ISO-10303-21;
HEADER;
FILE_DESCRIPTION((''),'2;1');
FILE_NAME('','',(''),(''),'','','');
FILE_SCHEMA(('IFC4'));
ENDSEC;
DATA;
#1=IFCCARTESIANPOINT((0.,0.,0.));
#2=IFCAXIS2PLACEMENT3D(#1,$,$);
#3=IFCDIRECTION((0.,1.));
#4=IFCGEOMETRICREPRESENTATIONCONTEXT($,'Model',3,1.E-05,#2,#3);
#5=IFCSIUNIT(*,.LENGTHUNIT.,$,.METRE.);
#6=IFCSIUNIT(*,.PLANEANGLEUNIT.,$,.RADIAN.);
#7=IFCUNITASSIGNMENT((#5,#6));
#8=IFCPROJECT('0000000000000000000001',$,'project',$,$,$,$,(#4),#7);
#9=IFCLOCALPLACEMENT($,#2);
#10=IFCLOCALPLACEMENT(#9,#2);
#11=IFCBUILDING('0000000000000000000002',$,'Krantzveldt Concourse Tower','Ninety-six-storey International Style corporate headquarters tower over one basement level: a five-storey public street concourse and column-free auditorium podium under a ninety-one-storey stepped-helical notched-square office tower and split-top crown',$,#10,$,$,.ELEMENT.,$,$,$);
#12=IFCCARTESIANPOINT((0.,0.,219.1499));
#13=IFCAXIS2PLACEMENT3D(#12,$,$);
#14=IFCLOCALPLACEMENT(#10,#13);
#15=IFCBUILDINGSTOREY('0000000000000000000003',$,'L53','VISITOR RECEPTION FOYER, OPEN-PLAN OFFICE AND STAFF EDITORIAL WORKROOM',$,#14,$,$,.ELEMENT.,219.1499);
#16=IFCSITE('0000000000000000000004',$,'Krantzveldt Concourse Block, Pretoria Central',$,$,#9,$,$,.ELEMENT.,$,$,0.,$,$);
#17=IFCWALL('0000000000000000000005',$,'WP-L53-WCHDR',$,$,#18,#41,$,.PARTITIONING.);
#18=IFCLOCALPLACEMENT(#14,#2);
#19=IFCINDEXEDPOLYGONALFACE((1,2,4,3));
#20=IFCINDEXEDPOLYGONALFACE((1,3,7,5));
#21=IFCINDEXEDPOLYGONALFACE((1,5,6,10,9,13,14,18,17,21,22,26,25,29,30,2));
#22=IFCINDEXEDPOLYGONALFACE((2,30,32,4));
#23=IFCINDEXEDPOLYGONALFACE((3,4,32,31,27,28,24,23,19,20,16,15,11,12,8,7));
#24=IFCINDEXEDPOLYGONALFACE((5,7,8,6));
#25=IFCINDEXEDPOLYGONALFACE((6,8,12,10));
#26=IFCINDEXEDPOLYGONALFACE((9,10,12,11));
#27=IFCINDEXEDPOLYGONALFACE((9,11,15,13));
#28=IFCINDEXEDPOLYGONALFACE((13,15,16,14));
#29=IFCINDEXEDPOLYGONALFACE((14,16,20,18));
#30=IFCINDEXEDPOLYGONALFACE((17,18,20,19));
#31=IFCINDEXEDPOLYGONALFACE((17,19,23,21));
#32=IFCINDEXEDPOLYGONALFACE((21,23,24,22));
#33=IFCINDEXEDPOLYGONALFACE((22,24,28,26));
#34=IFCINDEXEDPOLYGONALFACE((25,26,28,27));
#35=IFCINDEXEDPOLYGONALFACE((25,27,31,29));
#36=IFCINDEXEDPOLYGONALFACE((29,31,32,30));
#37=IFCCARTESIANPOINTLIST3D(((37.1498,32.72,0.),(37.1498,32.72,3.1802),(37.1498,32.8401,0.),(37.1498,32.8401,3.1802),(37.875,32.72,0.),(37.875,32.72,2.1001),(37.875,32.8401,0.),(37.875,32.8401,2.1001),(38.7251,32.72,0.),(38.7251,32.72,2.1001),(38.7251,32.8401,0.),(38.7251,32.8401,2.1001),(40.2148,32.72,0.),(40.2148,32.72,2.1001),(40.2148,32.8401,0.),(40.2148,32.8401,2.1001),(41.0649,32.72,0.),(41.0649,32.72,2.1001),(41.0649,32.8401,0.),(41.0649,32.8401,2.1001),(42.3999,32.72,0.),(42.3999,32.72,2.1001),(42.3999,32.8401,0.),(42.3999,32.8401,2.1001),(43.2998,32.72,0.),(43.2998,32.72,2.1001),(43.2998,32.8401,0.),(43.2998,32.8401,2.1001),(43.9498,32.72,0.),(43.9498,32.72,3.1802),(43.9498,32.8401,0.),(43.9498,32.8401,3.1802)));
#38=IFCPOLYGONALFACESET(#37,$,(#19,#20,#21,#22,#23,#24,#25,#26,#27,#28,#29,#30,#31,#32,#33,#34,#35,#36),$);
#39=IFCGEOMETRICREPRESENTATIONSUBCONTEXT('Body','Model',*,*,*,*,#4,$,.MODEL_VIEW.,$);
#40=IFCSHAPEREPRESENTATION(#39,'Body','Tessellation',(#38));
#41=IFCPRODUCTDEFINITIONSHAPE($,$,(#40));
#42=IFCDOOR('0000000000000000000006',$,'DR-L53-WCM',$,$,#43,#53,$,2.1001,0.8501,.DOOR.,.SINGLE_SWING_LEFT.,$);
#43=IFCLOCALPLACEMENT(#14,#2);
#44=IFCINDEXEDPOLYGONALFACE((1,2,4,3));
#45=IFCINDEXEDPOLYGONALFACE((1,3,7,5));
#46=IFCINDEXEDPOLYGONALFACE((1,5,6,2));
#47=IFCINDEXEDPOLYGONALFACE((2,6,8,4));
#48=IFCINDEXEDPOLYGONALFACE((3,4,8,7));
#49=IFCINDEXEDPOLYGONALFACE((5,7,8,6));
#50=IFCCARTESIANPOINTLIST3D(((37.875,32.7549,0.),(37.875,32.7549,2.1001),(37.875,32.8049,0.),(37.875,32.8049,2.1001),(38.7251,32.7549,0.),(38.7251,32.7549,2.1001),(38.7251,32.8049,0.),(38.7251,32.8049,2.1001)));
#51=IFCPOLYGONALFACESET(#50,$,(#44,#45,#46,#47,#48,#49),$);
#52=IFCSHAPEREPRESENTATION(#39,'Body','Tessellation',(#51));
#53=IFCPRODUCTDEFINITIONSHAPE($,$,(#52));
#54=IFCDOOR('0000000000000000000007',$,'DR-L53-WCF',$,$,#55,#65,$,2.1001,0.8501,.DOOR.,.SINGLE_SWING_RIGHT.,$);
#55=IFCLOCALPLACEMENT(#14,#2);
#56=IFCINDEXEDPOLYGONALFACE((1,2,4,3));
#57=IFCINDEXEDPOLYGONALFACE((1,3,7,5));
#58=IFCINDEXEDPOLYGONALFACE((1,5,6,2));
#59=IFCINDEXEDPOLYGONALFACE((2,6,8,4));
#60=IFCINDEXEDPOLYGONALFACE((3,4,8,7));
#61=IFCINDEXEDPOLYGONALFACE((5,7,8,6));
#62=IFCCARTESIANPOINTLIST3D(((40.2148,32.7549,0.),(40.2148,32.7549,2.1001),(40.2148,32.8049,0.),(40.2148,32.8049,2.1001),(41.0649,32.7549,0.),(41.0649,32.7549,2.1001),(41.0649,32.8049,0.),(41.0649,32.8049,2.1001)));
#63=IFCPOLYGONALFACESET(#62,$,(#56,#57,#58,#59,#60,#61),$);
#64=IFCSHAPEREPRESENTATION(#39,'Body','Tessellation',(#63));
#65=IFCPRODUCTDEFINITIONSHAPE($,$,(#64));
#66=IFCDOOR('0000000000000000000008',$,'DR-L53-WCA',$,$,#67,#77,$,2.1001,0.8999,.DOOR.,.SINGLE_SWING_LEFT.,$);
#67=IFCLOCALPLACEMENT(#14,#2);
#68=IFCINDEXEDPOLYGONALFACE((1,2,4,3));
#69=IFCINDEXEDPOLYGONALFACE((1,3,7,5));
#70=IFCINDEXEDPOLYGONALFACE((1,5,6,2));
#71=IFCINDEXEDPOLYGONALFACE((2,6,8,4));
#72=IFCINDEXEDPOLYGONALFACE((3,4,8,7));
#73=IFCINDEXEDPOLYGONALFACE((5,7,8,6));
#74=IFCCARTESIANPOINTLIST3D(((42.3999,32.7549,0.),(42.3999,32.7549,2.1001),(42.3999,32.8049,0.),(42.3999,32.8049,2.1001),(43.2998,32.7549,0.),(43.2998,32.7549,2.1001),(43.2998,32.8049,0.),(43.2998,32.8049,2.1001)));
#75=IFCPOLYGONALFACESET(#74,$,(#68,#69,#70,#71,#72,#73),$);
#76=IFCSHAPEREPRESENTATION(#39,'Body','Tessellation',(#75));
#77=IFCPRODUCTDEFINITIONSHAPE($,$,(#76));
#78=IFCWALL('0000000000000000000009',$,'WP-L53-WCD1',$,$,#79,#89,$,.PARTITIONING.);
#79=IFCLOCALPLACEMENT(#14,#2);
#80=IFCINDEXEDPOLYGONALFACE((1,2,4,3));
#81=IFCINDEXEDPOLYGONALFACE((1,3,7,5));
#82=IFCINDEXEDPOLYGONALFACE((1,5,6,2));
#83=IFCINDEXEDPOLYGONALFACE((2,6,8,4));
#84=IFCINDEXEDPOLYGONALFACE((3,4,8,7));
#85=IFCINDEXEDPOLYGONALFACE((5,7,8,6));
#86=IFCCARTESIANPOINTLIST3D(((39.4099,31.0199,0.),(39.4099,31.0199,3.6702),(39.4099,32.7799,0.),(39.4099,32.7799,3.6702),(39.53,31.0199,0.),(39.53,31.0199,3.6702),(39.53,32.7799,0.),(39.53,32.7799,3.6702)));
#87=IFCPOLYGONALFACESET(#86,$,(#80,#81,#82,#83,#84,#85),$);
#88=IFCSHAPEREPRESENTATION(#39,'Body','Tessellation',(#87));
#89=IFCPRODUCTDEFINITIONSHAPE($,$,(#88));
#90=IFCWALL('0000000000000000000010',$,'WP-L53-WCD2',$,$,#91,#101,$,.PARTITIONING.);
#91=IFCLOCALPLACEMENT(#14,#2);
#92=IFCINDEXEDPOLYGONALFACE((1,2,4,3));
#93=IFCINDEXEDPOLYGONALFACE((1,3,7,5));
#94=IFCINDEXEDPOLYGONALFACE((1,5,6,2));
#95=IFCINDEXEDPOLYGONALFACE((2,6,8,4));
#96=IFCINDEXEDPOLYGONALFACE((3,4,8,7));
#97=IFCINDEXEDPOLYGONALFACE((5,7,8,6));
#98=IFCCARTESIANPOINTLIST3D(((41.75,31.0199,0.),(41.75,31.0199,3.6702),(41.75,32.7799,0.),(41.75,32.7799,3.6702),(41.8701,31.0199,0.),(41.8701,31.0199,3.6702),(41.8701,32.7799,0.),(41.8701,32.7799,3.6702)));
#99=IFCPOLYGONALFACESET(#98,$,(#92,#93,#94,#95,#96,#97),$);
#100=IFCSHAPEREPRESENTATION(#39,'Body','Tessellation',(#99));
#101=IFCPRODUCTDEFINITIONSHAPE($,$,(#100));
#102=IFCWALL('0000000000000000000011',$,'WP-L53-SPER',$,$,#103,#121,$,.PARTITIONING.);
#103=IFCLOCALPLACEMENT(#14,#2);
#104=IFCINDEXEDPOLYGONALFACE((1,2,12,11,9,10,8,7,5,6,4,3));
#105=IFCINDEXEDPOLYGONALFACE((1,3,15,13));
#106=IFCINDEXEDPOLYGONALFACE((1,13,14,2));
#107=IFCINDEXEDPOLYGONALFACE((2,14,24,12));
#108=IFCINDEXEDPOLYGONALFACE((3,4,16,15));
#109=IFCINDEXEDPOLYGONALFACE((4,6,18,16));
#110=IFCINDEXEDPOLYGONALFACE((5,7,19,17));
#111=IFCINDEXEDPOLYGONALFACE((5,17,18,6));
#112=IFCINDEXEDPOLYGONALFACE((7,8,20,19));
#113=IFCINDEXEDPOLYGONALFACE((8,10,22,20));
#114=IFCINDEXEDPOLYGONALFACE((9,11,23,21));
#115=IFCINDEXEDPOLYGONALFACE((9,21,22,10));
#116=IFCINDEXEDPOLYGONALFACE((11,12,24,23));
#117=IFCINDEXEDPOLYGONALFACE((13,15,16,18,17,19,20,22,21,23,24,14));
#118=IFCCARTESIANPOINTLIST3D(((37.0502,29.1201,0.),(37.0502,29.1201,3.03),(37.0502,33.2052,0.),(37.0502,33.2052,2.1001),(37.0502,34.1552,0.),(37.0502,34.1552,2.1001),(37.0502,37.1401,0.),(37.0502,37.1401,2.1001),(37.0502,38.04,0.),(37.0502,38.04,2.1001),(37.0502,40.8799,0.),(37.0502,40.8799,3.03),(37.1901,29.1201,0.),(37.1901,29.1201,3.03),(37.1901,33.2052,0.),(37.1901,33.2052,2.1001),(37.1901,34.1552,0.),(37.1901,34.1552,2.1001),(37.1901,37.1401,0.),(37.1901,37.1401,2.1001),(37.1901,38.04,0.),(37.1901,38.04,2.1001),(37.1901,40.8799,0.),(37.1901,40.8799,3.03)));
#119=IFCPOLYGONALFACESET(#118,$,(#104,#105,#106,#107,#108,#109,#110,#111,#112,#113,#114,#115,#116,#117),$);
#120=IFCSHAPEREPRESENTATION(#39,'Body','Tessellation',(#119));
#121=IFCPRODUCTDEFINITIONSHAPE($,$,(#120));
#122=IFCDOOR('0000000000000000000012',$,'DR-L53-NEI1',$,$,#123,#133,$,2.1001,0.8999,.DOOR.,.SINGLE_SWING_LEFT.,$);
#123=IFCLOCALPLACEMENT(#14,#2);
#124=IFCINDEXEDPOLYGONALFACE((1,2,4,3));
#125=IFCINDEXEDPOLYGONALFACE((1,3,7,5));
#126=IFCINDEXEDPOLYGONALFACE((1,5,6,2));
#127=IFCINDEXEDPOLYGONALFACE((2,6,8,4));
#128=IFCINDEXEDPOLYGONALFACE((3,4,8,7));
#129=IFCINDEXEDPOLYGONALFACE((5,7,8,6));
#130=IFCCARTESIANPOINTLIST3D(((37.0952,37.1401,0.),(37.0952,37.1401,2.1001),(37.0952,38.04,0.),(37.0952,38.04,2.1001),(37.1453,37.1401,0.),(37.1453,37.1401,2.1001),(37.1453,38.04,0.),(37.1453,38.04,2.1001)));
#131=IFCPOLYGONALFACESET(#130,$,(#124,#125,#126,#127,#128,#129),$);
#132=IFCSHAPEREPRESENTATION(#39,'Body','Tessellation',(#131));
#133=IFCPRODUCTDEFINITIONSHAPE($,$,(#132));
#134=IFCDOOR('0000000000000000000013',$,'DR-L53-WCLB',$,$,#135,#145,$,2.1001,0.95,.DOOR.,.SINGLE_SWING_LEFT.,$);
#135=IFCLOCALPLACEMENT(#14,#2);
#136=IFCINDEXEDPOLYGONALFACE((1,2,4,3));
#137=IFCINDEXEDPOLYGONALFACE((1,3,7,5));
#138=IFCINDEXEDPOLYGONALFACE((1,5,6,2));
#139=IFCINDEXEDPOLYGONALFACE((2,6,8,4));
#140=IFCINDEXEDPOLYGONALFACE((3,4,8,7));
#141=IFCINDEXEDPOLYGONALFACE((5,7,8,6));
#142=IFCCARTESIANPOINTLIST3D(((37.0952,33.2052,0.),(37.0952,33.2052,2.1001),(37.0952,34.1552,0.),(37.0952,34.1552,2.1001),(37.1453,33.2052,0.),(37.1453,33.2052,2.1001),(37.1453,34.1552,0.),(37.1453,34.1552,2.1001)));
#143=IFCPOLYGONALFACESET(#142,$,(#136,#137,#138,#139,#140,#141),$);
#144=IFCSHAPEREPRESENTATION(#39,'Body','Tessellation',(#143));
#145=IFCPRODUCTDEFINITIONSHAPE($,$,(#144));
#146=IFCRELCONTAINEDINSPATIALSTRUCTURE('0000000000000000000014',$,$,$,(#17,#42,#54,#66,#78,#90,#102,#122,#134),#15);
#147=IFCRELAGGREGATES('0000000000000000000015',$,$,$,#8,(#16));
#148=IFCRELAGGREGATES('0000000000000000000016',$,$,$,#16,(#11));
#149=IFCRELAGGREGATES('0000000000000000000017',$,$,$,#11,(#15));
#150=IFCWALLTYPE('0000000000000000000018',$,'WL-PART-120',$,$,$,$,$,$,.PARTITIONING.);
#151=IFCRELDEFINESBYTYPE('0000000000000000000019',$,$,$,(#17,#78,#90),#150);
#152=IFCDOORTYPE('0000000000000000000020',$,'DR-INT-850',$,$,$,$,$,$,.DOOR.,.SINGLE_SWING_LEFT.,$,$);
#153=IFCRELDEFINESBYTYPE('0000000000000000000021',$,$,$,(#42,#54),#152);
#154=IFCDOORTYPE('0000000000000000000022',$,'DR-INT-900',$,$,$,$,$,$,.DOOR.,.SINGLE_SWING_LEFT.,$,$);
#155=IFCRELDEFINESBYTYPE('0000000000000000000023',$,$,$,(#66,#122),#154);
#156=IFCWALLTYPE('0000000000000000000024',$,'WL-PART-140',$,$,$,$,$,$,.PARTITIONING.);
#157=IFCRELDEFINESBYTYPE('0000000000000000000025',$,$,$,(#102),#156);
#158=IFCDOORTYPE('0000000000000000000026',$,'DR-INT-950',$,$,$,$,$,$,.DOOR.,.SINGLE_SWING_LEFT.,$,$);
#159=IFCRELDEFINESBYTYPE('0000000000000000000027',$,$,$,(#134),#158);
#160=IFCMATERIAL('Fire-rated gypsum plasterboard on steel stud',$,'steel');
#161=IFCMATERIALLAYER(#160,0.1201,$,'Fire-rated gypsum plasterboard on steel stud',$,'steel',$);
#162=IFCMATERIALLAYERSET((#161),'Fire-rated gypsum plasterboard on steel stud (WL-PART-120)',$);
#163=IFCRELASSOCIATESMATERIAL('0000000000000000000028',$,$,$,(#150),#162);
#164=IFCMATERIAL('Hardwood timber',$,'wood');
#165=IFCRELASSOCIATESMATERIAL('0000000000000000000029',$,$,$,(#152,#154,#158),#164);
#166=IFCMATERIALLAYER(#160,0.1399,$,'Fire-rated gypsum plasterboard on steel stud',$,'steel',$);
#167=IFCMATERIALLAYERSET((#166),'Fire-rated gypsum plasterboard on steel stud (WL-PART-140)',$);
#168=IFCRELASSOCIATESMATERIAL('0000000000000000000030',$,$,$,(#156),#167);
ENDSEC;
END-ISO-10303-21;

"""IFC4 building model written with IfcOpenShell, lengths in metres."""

from ifc_helpers import new_model, si_unit, direction, frame, frame_2d, origin, place, context, subcontext, project, spatial, rectangle, extrude, material, layer, layer_set, type_object, element, fill, save


model = new_model("IFC4")

# Units and contexts
model_context = context("Model", 3, precision=1e-05, world=origin(), true_north=direction((0.0, 1.0)))
body_context = subcontext(model_context, "Body", "Model", "MODEL_VIEW")
ifc_project = project(units=[si_unit("LENGTHUNIT", "METRE"), si_unit("PLANEANGLEUNIT", "RADIAN")], contexts=[model_context])

# Site, building, storey
site_placement = place(None, origin())
site = spatial("IfcSite", under=ifc_project, at=site_placement, Name="Krantzveldt Concourse Block, Pretoria Central", CompositionType="ELEMENT", RefElevation=0.0)
building_placement = place(site_placement, origin())
building = spatial("IfcBuilding", under=site, at=building_placement, Name="Krantzveldt Concourse Tower", Description="Ninety-six-storey International Style corporate headquarters tower over one basement level: a five-storey public street concourse and column-free auditorium podium under a ninety-one-storey stepped-helical notched-square office tower and split-top crown", CompositionType="ELEMENT")
storey_placement = place(building_placement, frame((0.0, 0.0, 219.1499)))
storey = spatial("IfcBuildingStorey", under=building, at=storey_placement, Name="L53", Description="VISITOR RECEPTION FOYER, OPEN-PLAN OFFICE AND STAFF EDITORIAL WORKROOM", CompositionType="ELEMENT", Elevation=219.1499)

# Shared definitions
ifc_material_1 = material(Name="Fire-rated gypsum plasterboard on steel stud", Category="steel")
ifc_layer_1 = layer(ifc_material_1, 0.1201, Name="Fire-rated gypsum plasterboard on steel stud", Category="steel")
ifc_layer_set_1 = layer_set([ifc_layer_1], Name="Fire-rated gypsum plasterboard on steel stud (WL-PART-120)")
wall_type_1 = type_object("IfcWallType", Name="WL-PART-120", PredefinedType="PARTITIONING", material=ifc_layer_set_1)

# Wall, openings, doors
wall_1_placement = place(storey_placement, frame((37.1499, 32.78, 0.0), z_axis=(0.0, 0.0, 1.0), x_axis=(1.0, 0.0, 0.0)))
wall_1 = element("IfcWall", 1, at=wall_1_placement, inside=storey, type_object=wall_type_1, Name="WP-L53-WCHDR", PredefinedType="PARTITIONING", context=body_context, shape_type="SweptSolid", body=[
    extrude(rectangle(XDim=6.8, YDim=0.1201, at=frame_2d((3.3999, 0.0))), origin(), (0.0, 0.0, 1.0), 3.1802),
])
opening_1_placement = place(wall_1_placement, frame((0.7251, 0.0, 0.0)))
opening_1 = element("IfcOpeningElement", 2, at=opening_1_placement, cuts=wall_1, PredefinedType="OPENING", context=body_context, shape_type="SweptSolid", body=[
    extrude(rectangle(XDim=0.8501, YDim=2.1001, at=frame_2d((0.425, 1.05))), frame((0.0, 0.0701, 0.0), z_axis=(0.0, -1.0, 0.0), x_axis=(1.0, 0.0, 0.0)), (0.0, 0.0, 1.0), 0.1401),
])
opening_2_placement = place(wall_1_placement, frame((3.0649, 0.0, 0.0)))
opening_2 = element("IfcOpeningElement", 3, at=opening_2_placement, cuts=wall_1, PredefinedType="OPENING", context=body_context, shape_type="SweptSolid", body=[
    extrude(rectangle(XDim=0.8501, YDim=2.1001, at=frame_2d((0.425, 1.05))), frame((0.0, 0.0701, 0.0), z_axis=(0.0, -1.0, 0.0), x_axis=(1.0, 0.0, 0.0)), (0.0, 0.0, 1.0), 0.1401),
])
opening_3_placement = place(wall_1_placement, frame((5.25, 0.0, 0.0)))
opening_3 = element("IfcOpeningElement", 4, at=opening_3_placement, cuts=wall_1, PredefinedType="OPENING", context=body_context, shape_type="SweptSolid", body=[
    extrude(rectangle(XDim=0.8999, YDim=2.1001, at=frame_2d((0.45, 1.05))), frame((0.0, 0.0701, 0.0), z_axis=(0.0, -1.0, 0.0), x_axis=(1.0, 0.0, 0.0)), (0.0, 0.0, 1.0), 0.1401),
])
ifc_material_2 = material(Name="Hardwood timber", Category="wood")
door_type_1 = type_object("IfcDoorType", Name="DR-INT-850", OperationType="SINGLE_SWING_LEFT", PredefinedType="DOOR", material=ifc_material_2)
door_1_placement = place(opening_1_placement, origin())
door_1 = element("IfcDoor", 5, at=door_1_placement, inside=storey, type_object=door_type_1, Name="DR-L53-WCM", OperationType="SINGLE_SWING_LEFT", OverallHeight=2.1001, OverallWidth=0.8501, PredefinedType="DOOR", context=body_context, shape_type="SweptSolid", body=[
    extrude(rectangle(XDim=0.8501, YDim=2.1001, at=frame_2d((0.425, 1.05))), frame((0.0, 0.0249, 0.0), z_axis=(0.0, -1.0, 0.0), x_axis=(1.0, 0.0, 0.0)), (0.0, 0.0, 1.0), 0.05),
])
fill(opening_1, door_1)
door_2_placement = place(opening_2_placement, origin())
door_2 = element("IfcDoor", 6, at=door_2_placement, inside=storey, type_object=door_type_1, Name="DR-L53-WCF", OperationType="SINGLE_SWING_RIGHT", OverallHeight=2.1001, OverallWidth=0.8501, PredefinedType="DOOR", context=body_context, shape_type="SweptSolid", body=[
    extrude(rectangle(XDim=0.8501, YDim=2.1001, at=frame_2d((0.425, 1.05))), frame((0.0, 0.0249, 0.0), z_axis=(0.0, -1.0, 0.0), x_axis=(1.0, 0.0, 0.0)), (0.0, 0.0, 1.0), 0.05),
])
fill(opening_2, door_2)
door_type_2 = type_object("IfcDoorType", Name="DR-INT-900", OperationType="SINGLE_SWING_LEFT", PredefinedType="DOOR", material=ifc_material_2)
door_3_placement = place(opening_3_placement, origin())
door_3 = element("IfcDoor", 7, at=door_3_placement, inside=storey, type_object=door_type_2, Name="DR-L53-WCA", OperationType="SINGLE_SWING_LEFT", OverallHeight=2.1001, OverallWidth=0.8999, PredefinedType="DOOR", context=body_context, shape_type="SweptSolid", body=[
    extrude(rectangle(XDim=0.8999, YDim=2.1001, at=frame_2d((0.45, 1.05))), frame((0.0, 0.0249, 0.0), z_axis=(0.0, -1.0, 0.0), x_axis=(1.0, 0.0, 0.0)), (0.0, 0.0, 1.0), 0.05),
])
fill(opening_3, door_3)

# Walls
for number, where, z_axis, x_axis, name in (
    (8, (39.47, 31.02, 0.0), (0.0, 0.0, 1.0), (0.0, 1.0, 0.0), "WP-L53-WCD1"),
    (9, (41.8101, 31.02, 0.0), (0.0, 0.0, 1.0), (0.0, 1.0, 0.0), "WP-L53-WCD2"),
):
    element("IfcWall", number, at=place(storey_placement, frame(where, z_axis=z_axis, x_axis=x_axis)), inside=storey, type_object=wall_type_1, Name=name, PredefinedType="PARTITIONING", context=body_context, shape_type="SweptSolid", body=[
        extrude(rectangle(XDim=1.76, YDim=0.1201, at=frame_2d((0.8799, 0.0))), origin(), (0.0, 0.0, 1.0), 3.6702),
    ])

# Wall, openings, doors
ifc_layer_2 = layer(ifc_material_1, 0.1399, Name="Fire-rated gypsum plasterboard on steel stud", Category="steel")
ifc_layer_set_2 = layer_set([ifc_layer_2], Name="Fire-rated gypsum plasterboard on steel stud (WL-PART-140)")
wall_type_2 = type_object("IfcWallType", Name="WL-PART-140", PredefinedType="PARTITIONING", material=ifc_layer_set_2)
wall_2_placement = place(storey_placement, frame((37.1201, 29.1201, 0.0), z_axis=(0.0, 0.0, 1.0), x_axis=(0.0, 1.0, 0.0)))
wall_2 = element("IfcWall", 10, at=wall_2_placement, inside=storey, type_object=wall_type_2, Name="WP-L53-SPER", PredefinedType="PARTITIONING", context=body_context, shape_type="SweptSolid", body=[
    extrude(rectangle(XDim=11.7598, YDim=0.1399, at=frame_2d((5.8799, 0.0))), origin(), (0.0, 0.0, 1.0), 3.03),
])
opening_4_placement = place(wall_2_placement, frame((4.085, 0.0, 0.0)))
opening_4 = element("IfcOpeningElement", 11, at=opening_4_placement, cuts=wall_2, PredefinedType="OPENING", context=body_context, shape_type="SweptSolid", body=[
    extrude(rectangle(XDim=0.95, YDim=2.1001, at=frame_2d((0.4751, 1.05))), frame((0.0, 0.0801, 0.0), z_axis=(0.0, -1.0, 0.0), x_axis=(1.0, 0.0, 0.0)), (0.0, 0.0, 1.0), 0.1599),
])
opening_5_placement = place(wall_2_placement, frame((8.02, 0.0, 0.0)))
opening_5 = element("IfcOpeningElement", 12, at=opening_5_placement, cuts=wall_2, PredefinedType="OPENING", context=body_context, shape_type="SweptSolid", body=[
    extrude(rectangle(XDim=0.8999, YDim=2.1001, at=frame_2d((0.45, 1.05))), frame((0.0, 0.0801, 0.0), z_axis=(0.0, -1.0, 0.0), x_axis=(1.0, 0.0, 0.0)), (0.0, 0.0, 1.0), 0.1599),
])
door_4_placement = place(opening_5_placement, origin())
door_4 = element("IfcDoor", 13, at=door_4_placement, inside=storey, type_object=door_type_2, Name="DR-L53-NEI1", OperationType="SINGLE_SWING_LEFT", OverallHeight=2.1001, OverallWidth=0.8999, PredefinedType="DOOR", context=body_context, shape_type="SweptSolid", body=[
    extrude(rectangle(XDim=0.8999, YDim=2.1001, at=frame_2d((0.45, 1.05))), frame((0.0, 0.0249, 0.0), z_axis=(0.0, -1.0, 0.0), x_axis=(1.0, 0.0, 0.0)), (0.0, 0.0, 1.0), 0.05),
])
fill(opening_5, door_4)
door_type_3 = type_object("IfcDoorType", Name="DR-INT-950", OperationType="SINGLE_SWING_LEFT", PredefinedType="DOOR", material=ifc_material_2)
door_5_placement = place(opening_4_placement, origin())
door_5 = element("IfcDoor", 14, at=door_5_placement, inside=storey, type_object=door_type_3, Name="DR-L53-WCLB", OperationType="SINGLE_SWING_LEFT", OverallHeight=2.1001, OverallWidth=0.95, PredefinedType="DOOR", context=body_context, shape_type="SweptSolid", body=[
    extrude(rectangle(XDim=0.95, YDim=2.1001, at=frame_2d((0.4751, 1.05))), frame((0.0, 0.0249, 0.0), z_axis=(0.0, -1.0, 0.0), x_axis=(1.0, 0.0, 0.0)), (0.0, 0.0, 1.0), 0.05),
])
fill(opening_4, door_5)

save(model, "model.ifc")
